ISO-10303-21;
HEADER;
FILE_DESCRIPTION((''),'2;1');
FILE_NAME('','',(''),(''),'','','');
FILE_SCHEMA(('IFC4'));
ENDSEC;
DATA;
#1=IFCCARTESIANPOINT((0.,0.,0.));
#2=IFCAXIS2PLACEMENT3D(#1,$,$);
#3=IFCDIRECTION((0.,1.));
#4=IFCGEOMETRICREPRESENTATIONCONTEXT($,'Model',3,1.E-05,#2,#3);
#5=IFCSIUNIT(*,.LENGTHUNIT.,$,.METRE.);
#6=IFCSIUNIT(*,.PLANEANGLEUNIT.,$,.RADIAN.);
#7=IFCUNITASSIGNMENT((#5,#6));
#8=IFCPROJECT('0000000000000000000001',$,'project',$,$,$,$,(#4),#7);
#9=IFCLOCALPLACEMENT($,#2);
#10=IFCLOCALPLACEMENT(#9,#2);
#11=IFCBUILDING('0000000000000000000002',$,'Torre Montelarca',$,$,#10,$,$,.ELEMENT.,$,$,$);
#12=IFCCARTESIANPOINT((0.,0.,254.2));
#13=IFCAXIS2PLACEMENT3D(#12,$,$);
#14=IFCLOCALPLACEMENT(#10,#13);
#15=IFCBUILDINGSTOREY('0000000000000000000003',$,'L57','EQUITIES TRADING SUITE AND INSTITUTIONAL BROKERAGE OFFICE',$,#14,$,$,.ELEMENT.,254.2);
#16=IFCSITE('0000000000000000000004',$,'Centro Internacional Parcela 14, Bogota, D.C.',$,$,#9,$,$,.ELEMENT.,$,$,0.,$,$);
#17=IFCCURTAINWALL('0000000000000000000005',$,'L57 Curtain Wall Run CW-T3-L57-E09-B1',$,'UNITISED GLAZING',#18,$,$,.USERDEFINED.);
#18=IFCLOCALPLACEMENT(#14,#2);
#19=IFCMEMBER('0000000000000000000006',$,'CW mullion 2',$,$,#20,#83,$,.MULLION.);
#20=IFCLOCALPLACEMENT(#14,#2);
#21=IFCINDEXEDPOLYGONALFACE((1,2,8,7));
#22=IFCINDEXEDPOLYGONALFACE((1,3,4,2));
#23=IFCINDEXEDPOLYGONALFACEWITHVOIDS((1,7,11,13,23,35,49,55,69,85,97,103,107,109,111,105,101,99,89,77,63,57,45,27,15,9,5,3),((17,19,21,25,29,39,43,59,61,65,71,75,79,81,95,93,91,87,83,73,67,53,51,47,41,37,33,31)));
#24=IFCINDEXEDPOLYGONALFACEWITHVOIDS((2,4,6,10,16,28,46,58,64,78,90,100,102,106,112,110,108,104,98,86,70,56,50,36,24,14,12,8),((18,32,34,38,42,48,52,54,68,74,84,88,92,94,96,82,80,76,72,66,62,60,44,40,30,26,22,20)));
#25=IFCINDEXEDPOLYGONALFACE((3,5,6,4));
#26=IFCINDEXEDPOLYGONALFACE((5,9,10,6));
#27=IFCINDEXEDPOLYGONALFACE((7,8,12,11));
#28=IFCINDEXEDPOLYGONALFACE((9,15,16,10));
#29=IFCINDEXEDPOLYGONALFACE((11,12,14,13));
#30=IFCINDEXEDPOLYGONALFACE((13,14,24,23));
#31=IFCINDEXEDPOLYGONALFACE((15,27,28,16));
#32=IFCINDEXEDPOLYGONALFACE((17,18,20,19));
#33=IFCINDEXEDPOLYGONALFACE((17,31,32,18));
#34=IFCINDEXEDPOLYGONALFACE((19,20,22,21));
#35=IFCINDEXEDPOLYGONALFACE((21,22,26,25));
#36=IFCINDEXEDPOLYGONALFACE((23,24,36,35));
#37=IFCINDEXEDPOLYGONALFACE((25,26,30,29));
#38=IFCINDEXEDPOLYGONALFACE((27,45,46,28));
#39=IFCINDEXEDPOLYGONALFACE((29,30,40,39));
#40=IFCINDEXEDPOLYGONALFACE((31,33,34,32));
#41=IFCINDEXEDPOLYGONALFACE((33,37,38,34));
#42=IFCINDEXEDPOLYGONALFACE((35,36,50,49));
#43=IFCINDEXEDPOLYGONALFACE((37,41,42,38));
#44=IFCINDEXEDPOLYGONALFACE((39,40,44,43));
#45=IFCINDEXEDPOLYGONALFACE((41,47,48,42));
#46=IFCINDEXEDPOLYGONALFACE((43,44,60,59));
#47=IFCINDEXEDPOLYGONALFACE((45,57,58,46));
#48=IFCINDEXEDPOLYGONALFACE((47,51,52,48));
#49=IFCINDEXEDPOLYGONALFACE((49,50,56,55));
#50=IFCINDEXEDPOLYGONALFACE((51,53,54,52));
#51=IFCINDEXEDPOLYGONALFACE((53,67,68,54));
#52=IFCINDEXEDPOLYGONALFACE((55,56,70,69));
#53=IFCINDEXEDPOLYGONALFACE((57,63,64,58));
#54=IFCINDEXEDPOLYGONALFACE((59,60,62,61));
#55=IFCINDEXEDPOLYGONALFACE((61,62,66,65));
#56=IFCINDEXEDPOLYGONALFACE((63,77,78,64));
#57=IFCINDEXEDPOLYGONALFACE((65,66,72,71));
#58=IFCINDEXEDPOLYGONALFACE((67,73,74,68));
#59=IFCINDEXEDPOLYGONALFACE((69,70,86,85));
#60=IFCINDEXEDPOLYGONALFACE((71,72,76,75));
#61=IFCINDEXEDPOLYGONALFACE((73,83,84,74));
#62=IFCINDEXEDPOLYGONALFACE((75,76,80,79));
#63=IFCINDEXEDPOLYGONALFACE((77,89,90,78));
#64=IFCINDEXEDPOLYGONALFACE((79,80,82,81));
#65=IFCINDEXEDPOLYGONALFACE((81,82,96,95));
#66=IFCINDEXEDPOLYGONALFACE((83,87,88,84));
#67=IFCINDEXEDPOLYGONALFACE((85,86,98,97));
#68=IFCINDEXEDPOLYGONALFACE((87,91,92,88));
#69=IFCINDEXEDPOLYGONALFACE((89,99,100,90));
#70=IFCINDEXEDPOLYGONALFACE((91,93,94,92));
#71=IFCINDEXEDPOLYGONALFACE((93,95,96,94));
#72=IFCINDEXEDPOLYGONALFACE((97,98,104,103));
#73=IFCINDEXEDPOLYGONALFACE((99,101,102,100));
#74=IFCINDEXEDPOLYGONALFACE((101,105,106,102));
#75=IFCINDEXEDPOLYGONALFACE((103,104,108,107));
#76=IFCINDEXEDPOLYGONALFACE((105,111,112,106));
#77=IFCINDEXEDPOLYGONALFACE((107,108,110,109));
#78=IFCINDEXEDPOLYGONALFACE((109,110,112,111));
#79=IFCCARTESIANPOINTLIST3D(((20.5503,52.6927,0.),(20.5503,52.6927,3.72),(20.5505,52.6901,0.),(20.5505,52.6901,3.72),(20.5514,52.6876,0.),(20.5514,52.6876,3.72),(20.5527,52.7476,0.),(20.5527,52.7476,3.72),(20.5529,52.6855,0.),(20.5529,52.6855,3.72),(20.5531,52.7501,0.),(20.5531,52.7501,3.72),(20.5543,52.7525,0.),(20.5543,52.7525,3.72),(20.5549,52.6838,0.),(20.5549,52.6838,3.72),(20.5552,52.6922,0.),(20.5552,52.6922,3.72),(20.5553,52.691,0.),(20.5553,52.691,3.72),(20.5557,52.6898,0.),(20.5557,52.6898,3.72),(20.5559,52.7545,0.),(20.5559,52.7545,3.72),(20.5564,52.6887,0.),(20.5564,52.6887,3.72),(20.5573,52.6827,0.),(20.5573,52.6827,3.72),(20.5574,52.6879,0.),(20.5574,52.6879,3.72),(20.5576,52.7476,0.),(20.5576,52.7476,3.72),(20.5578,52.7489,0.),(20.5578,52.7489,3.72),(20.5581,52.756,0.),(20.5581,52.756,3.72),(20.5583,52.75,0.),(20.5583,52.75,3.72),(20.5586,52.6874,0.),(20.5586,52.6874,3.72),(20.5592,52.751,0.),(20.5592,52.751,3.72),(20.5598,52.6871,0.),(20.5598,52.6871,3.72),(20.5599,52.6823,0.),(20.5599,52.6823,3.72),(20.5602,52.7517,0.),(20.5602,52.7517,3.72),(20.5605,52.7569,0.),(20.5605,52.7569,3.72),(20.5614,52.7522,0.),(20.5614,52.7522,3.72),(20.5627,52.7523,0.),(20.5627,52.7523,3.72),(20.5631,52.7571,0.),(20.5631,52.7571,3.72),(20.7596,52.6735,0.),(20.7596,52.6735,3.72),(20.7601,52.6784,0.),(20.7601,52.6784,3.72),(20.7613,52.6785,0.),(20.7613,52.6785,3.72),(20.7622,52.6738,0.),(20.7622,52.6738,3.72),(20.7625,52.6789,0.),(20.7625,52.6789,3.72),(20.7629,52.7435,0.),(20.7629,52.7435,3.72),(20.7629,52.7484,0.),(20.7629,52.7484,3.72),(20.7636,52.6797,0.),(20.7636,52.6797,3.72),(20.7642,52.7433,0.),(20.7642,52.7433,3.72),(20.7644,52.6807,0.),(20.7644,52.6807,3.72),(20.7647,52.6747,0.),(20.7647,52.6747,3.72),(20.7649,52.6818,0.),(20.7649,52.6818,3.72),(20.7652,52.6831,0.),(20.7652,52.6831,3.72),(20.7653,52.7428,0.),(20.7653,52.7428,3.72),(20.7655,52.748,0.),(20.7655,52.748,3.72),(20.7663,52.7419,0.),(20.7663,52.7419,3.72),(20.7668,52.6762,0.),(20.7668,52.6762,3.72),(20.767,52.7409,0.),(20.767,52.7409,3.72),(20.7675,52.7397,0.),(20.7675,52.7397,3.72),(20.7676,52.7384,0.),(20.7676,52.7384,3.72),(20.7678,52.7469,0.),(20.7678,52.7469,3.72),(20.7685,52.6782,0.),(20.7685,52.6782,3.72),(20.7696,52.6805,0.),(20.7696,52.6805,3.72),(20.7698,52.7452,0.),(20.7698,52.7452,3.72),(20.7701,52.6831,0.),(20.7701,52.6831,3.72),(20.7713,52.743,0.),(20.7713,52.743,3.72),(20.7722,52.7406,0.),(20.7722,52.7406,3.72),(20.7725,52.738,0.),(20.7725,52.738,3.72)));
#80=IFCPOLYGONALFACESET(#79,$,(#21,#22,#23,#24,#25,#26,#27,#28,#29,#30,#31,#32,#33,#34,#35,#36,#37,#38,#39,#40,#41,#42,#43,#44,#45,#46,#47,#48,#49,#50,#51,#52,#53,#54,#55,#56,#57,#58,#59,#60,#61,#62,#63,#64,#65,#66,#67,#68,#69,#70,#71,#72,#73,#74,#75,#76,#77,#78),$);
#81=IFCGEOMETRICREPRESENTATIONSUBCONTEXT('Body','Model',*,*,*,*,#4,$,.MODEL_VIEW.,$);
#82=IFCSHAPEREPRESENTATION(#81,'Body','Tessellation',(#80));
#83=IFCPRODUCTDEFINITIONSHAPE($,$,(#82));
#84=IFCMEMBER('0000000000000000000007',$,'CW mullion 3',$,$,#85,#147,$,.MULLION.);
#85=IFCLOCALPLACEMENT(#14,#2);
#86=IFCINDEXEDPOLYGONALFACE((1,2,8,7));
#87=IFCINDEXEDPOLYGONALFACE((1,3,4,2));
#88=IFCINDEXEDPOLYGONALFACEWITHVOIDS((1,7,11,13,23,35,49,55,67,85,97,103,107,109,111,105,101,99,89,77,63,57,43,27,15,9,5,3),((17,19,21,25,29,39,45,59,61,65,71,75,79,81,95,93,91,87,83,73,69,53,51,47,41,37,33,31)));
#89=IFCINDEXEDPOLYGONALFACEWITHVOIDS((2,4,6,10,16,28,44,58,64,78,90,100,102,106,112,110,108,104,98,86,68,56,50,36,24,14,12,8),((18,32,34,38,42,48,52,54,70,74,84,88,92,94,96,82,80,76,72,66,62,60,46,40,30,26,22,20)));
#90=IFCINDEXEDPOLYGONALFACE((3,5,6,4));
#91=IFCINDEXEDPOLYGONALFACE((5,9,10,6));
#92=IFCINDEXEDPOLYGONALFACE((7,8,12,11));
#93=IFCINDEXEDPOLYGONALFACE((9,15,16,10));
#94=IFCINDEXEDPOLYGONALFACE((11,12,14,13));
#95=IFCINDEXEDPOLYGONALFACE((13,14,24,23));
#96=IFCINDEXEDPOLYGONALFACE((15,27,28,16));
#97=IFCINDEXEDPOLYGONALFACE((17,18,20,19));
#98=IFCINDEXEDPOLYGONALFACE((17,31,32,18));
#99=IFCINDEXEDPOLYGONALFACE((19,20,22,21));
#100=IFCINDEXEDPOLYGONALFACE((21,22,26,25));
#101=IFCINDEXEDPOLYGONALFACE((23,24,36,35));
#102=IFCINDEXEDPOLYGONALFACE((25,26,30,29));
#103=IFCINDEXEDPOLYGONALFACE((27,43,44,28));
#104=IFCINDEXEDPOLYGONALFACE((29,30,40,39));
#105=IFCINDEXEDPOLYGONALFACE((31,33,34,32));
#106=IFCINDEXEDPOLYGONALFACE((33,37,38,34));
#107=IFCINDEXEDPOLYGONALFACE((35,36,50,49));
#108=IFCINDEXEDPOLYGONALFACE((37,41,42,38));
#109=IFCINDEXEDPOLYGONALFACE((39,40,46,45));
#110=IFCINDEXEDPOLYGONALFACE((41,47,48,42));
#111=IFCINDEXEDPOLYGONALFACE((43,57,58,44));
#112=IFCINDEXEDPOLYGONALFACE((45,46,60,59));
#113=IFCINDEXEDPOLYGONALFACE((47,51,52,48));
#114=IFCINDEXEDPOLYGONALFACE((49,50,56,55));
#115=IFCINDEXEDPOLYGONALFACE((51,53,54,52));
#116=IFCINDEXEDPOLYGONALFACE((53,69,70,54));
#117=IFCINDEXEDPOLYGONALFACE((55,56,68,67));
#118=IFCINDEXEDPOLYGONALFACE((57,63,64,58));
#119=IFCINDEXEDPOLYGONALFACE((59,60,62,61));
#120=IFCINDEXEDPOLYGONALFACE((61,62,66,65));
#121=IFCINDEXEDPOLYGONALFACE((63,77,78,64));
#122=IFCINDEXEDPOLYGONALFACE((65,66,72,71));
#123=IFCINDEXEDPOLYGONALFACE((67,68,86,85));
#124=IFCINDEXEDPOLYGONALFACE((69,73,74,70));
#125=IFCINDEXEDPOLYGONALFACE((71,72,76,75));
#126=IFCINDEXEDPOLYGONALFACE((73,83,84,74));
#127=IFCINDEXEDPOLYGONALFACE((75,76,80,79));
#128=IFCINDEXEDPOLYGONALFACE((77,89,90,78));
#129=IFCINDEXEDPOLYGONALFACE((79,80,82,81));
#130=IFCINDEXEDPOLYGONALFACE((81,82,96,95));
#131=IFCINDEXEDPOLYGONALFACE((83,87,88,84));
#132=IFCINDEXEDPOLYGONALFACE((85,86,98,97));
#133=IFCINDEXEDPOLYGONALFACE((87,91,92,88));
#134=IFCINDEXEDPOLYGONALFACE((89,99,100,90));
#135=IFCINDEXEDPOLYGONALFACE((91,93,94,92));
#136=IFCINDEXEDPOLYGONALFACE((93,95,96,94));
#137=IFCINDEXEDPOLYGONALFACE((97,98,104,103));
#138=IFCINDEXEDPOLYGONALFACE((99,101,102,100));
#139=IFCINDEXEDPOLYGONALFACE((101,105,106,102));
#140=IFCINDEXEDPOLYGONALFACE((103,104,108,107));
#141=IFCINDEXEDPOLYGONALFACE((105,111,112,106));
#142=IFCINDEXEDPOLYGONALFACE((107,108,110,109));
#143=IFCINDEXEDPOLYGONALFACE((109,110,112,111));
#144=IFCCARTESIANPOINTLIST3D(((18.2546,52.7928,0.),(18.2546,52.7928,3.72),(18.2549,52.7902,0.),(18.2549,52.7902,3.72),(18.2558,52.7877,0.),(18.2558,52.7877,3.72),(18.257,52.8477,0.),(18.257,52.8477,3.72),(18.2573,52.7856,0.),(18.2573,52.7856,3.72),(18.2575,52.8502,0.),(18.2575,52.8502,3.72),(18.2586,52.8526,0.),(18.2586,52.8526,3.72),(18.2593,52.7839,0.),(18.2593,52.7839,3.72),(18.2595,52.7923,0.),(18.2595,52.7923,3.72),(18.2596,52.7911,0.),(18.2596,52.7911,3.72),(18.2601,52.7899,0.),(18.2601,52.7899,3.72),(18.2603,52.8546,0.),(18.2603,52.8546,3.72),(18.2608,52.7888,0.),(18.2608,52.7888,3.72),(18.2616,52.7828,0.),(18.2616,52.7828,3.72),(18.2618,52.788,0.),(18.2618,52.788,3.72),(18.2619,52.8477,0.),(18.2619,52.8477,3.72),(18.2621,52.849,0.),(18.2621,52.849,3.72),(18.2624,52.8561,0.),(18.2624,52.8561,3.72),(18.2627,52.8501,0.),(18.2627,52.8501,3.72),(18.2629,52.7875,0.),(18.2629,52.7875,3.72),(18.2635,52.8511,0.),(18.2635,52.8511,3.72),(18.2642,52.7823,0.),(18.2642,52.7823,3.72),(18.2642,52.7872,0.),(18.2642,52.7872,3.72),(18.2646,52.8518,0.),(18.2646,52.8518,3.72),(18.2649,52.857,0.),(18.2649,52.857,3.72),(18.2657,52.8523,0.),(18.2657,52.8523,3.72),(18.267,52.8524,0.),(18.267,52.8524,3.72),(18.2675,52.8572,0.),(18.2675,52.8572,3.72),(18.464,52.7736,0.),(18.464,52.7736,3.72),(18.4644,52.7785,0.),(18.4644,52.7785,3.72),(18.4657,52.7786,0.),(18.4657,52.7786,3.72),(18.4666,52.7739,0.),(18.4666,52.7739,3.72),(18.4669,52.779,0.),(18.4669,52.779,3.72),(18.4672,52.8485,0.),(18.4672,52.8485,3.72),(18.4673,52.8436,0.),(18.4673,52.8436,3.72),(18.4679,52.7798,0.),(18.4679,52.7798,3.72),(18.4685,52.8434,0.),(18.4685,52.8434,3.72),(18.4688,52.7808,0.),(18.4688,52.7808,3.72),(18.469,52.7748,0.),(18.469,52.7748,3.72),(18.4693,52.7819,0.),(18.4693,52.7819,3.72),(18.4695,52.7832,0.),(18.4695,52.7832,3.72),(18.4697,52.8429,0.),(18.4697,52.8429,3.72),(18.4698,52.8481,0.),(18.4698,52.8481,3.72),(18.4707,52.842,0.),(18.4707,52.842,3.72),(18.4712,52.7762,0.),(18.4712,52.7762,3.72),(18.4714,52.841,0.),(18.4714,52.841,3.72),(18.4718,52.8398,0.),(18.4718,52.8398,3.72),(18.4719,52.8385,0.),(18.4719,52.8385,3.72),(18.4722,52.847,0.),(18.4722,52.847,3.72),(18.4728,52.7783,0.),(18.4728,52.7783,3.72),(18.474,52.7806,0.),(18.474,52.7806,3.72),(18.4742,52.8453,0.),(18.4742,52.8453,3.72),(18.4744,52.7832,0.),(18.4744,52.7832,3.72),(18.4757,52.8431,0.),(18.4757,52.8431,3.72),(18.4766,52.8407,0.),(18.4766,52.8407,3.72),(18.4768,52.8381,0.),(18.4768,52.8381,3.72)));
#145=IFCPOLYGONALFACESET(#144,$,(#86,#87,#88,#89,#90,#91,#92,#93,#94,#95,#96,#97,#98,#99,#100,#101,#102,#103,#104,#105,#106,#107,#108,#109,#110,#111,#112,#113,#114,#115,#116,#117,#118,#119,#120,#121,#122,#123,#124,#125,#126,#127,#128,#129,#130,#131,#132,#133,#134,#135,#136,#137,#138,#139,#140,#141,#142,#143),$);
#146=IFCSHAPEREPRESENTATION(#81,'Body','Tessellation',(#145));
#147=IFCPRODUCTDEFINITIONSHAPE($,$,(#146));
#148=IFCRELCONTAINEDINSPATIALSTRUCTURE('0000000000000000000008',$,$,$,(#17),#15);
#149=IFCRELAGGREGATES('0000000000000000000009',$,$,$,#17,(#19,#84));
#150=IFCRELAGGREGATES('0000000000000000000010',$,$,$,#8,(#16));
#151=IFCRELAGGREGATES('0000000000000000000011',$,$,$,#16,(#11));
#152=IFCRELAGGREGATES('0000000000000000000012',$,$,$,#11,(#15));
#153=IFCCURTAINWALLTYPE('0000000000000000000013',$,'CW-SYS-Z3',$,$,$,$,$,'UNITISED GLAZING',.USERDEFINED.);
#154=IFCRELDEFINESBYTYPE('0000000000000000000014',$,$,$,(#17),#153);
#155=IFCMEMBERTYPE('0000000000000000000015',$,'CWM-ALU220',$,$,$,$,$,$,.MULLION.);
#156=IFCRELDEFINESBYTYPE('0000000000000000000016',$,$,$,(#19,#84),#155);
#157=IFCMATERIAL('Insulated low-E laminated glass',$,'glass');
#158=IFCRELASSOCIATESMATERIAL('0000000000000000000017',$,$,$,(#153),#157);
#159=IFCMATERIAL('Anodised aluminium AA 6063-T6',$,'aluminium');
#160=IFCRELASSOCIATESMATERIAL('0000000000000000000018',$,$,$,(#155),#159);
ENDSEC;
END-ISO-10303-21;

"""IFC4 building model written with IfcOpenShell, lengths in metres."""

from ifc_helpers import new_model, si_unit, direction, frame, origin, origin_2d, place, context, subcontext, project, spatial, hollow_rectangle, extrude, source, transform, mapped, material, material_profile, profile_set, type_object, element, aggregate, save


model = new_model("IFC4")

# Units and contexts
model_context = context("Model", 3, precision=1e-05, world=origin(), true_north=direction((0.0, 1.0)))
body_context = subcontext(model_context, "Body", "Model", "MODEL_VIEW")
ifc_project = project(units=[si_unit("LENGTHUNIT", "METRE"), si_unit("PLANEANGLEUNIT", "RADIAN")], contexts=[model_context])

# Site, building, storey
site_placement = place(None, origin())
site = spatial("IfcSite", under=ifc_project, at=site_placement, Name="Centro Internacional Parcela 14, Bogota, D.C.", CompositionType="ELEMENT", RefElevation=0.0)
building_placement = place(site_placement, origin())
building = spatial("IfcBuilding", under=site, at=building_placement, Name="Torre Montelarca", CompositionType="ELEMENT")
storey_placement = place(building_placement, frame((0.0, 0.0, 254.2)))
storey = spatial("IfcBuildingStorey", under=building, at=storey_placement, Name="L57", Description="EQUITIES TRADING SUITE AND INSTITUTIONAL BROKERAGE OFFICE", CompositionType="ELEMENT", Elevation=254.2)

# Shared definitions
ifc_material_1 = material(Name="Insulated low-E laminated glass", Category="glass")
curtain_wall_type = type_object("IfcCurtainWallType", Name="CW-SYS-Z3", ElementType="UNITISED GLAZING", PredefinedType="USERDEFINED", material=ifc_material_1)
ifc_material_2 = material(Name="Anodised aluminium AA 6063-T6", Category="aluminium")
ifc_material_profile_1 = material_profile(ifc_material_2, hollow_rectangle(XDim=0.075, YDim=0.22, WallThickness=0.0049, InnerFilletRadius=0.0049, OuterFilletRadius=0.01, at=origin_2d()), Name="ALU75X220X5", Category="aluminium")
ifc_profile_set_1 = profile_set([ifc_material_profile_1], Name="Anodised aluminium AA 6063-T6")
member_type_1 = type_object("IfcMemberType", Name="CWM-ALU220", PredefinedType="MULLION", material=ifc_profile_set_1)
shared_shape_1 = source(origin(), body_context, "Body", "SweptSolid", [
    extrude(hollow_rectangle(XDim=0.075, YDim=0.22, WallThickness=0.0049, InnerFilletRadius=0.0049, OuterFilletRadius=0.01, at=origin_2d()), origin(), (0.0, 0.0, 1.0), 3.72),
])

# Curtain wall, members
curtain_wall_1_placement = place(storey_placement, origin())
curtain_wall_1 = element("IfcCurtainWall", 1, at=curtain_wall_1_placement, inside=storey, type_object=curtain_wall_type, Name="L57 Curtain Wall Run CW-T3-L57-E09-B1", ObjectType="UNITISED GLAZING", PredefinedType="USERDEFINED")
member_1_placement = place(storey_placement, frame((20.6614, 52.7153, 0.0), z_axis=(0.0, 0.0, 1.0), x_axis=(-0.043613, -0.999049, 0.0)))
member_1 = element("IfcMember", 2, at=member_1_placement, type_object=member_type_1, Name="CW mullion 2", PredefinedType="MULLION", context=body_context, shape_type="MappedRepresentation", body=[
    mapped(shared_shape_1, transform((0.0, 0.0, 0.0), scale=1.0)),
])
member_2_placement = place(storey_placement, frame((18.3657, 52.8154, 0.0), z_axis=(0.0, 0.0, 1.0), x_axis=(-0.043613, -0.999049, 0.0)))
member_2 = element("IfcMember", 3, at=member_2_placement, type_object=member_type_1, Name="CW mullion 3", PredefinedType="MULLION", context=body_context, shape_type="MappedRepresentation", body=[
    mapped(shared_shape_1, transform((0.0, 0.0, 0.0), scale=1.0)),
])
aggregate(curtain_wall_1, [member_1, member_2])

save(model, "model.ifc")
